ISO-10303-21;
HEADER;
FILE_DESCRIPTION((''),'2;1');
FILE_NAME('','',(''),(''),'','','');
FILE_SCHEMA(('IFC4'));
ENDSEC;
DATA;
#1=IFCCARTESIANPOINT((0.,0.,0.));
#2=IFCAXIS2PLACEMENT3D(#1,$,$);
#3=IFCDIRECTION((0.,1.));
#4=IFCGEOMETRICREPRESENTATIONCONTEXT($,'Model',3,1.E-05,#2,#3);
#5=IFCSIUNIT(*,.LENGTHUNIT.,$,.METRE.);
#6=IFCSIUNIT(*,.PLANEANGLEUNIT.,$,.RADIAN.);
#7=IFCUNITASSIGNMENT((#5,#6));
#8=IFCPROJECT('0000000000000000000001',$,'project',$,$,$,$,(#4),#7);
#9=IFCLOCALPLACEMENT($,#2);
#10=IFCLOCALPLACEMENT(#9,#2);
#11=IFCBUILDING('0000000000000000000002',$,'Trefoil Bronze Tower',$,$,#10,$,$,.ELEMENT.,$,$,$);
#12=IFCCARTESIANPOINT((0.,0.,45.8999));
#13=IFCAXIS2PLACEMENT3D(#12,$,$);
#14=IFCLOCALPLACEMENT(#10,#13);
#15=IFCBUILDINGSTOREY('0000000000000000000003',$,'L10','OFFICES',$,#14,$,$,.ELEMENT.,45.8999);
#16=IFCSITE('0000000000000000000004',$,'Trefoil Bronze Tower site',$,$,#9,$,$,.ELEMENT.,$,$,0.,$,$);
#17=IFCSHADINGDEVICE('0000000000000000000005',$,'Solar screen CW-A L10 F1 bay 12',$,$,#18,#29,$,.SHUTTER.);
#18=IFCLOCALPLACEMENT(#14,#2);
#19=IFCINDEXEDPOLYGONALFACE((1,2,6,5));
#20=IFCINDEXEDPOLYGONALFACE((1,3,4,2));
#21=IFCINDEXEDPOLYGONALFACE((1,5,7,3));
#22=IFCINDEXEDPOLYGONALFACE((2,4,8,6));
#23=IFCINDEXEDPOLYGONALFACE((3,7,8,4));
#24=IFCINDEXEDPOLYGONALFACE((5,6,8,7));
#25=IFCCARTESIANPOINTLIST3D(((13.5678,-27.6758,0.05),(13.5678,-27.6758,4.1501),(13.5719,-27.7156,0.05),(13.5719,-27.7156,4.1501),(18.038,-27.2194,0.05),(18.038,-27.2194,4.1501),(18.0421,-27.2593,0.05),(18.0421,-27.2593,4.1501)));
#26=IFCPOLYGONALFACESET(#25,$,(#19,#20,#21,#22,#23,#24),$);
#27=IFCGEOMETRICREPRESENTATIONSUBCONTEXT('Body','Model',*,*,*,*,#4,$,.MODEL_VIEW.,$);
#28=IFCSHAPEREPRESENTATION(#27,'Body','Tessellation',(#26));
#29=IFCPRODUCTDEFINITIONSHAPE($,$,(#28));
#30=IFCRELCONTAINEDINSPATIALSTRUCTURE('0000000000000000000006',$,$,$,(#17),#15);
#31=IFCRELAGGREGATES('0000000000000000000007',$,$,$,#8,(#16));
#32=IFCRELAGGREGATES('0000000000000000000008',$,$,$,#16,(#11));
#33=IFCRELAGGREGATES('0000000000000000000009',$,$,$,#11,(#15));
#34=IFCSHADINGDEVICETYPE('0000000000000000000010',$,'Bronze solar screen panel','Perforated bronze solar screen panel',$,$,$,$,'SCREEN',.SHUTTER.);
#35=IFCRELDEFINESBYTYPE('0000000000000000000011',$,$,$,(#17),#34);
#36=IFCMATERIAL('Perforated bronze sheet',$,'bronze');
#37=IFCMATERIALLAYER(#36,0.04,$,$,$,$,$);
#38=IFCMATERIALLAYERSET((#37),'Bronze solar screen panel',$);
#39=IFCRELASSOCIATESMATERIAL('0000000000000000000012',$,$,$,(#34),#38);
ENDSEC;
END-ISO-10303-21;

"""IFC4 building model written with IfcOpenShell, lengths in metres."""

from ifc_helpers import new_model, si_unit, direction, frame, origin, origin_2d, place, context, subcontext, project, spatial, rectangle, extrude, material, layer, layer_set, type_object, element, save


model = new_model("IFC4")

# Units and contexts
model_context = context("Model", 3, precision=1e-05, world=origin(), true_north=direction((0.0, 1.0)))
body_context = subcontext(model_context, "Body", "Model", "MODEL_VIEW")
ifc_project = project(units=[si_unit("LENGTHUNIT", "METRE"), si_unit("PLANEANGLEUNIT", "RADIAN")], contexts=[model_context])

# Site, building, storey
site_placement = place(None, origin())
site = spatial("IfcSite", under=ifc_project, at=site_placement, Name="Trefoil Bronze Tower site", CompositionType="ELEMENT", RefElevation=0.0)
building_placement = place(site_placement, origin())
building = spatial("IfcBuilding", under=site, at=building_placement, Name="Trefoil Bronze Tower", CompositionType="ELEMENT")
storey_placement = place(building_placement, frame((0.0, 0.0, 45.8999)))
storey = spatial("IfcBuildingStorey", under=building, at=storey_placement, Name="L10", Description="OFFICES", CompositionType="ELEMENT", Elevation=45.8999)

# Shading device
ifc_material_1 = material(Name="Perforated bronze sheet", Category="bronze")
ifc_layer_1 = layer(ifc_material_1, 0.04)
ifc_layer_set_1 = layer_set([ifc_layer_1], Name="Bronze solar screen panel")
shading_device_type = type_object("IfcShadingDeviceType", Name="Bronze solar screen panel", Description="Perforated bronze solar screen panel", ElementType="SCREEN", PredefinedType="SHUTTER", material=ifc_layer_set_1)
shading_device_1_placement = place(storey_placement, frame((15.8049, -27.4675, 0.05), z_axis=(0.0, 0.0, 1.0), x_axis=(0.994829, 0.101565, 0.0)))
element("IfcShadingDevice", 1, at=shading_device_1_placement, inside=storey, type_object=shading_device_type, Name="Solar screen CW-A L10 F1 bay 12", PredefinedType="SHUTTER", context=body_context, shape_type="SweptSolid", body=[
    extrude(rectangle(XDim=4.4934, YDim=0.04, at=origin_2d()), origin(), (0.0, 0.0, 1.0), 4.1001),
])

save(model, "model.ifc")
